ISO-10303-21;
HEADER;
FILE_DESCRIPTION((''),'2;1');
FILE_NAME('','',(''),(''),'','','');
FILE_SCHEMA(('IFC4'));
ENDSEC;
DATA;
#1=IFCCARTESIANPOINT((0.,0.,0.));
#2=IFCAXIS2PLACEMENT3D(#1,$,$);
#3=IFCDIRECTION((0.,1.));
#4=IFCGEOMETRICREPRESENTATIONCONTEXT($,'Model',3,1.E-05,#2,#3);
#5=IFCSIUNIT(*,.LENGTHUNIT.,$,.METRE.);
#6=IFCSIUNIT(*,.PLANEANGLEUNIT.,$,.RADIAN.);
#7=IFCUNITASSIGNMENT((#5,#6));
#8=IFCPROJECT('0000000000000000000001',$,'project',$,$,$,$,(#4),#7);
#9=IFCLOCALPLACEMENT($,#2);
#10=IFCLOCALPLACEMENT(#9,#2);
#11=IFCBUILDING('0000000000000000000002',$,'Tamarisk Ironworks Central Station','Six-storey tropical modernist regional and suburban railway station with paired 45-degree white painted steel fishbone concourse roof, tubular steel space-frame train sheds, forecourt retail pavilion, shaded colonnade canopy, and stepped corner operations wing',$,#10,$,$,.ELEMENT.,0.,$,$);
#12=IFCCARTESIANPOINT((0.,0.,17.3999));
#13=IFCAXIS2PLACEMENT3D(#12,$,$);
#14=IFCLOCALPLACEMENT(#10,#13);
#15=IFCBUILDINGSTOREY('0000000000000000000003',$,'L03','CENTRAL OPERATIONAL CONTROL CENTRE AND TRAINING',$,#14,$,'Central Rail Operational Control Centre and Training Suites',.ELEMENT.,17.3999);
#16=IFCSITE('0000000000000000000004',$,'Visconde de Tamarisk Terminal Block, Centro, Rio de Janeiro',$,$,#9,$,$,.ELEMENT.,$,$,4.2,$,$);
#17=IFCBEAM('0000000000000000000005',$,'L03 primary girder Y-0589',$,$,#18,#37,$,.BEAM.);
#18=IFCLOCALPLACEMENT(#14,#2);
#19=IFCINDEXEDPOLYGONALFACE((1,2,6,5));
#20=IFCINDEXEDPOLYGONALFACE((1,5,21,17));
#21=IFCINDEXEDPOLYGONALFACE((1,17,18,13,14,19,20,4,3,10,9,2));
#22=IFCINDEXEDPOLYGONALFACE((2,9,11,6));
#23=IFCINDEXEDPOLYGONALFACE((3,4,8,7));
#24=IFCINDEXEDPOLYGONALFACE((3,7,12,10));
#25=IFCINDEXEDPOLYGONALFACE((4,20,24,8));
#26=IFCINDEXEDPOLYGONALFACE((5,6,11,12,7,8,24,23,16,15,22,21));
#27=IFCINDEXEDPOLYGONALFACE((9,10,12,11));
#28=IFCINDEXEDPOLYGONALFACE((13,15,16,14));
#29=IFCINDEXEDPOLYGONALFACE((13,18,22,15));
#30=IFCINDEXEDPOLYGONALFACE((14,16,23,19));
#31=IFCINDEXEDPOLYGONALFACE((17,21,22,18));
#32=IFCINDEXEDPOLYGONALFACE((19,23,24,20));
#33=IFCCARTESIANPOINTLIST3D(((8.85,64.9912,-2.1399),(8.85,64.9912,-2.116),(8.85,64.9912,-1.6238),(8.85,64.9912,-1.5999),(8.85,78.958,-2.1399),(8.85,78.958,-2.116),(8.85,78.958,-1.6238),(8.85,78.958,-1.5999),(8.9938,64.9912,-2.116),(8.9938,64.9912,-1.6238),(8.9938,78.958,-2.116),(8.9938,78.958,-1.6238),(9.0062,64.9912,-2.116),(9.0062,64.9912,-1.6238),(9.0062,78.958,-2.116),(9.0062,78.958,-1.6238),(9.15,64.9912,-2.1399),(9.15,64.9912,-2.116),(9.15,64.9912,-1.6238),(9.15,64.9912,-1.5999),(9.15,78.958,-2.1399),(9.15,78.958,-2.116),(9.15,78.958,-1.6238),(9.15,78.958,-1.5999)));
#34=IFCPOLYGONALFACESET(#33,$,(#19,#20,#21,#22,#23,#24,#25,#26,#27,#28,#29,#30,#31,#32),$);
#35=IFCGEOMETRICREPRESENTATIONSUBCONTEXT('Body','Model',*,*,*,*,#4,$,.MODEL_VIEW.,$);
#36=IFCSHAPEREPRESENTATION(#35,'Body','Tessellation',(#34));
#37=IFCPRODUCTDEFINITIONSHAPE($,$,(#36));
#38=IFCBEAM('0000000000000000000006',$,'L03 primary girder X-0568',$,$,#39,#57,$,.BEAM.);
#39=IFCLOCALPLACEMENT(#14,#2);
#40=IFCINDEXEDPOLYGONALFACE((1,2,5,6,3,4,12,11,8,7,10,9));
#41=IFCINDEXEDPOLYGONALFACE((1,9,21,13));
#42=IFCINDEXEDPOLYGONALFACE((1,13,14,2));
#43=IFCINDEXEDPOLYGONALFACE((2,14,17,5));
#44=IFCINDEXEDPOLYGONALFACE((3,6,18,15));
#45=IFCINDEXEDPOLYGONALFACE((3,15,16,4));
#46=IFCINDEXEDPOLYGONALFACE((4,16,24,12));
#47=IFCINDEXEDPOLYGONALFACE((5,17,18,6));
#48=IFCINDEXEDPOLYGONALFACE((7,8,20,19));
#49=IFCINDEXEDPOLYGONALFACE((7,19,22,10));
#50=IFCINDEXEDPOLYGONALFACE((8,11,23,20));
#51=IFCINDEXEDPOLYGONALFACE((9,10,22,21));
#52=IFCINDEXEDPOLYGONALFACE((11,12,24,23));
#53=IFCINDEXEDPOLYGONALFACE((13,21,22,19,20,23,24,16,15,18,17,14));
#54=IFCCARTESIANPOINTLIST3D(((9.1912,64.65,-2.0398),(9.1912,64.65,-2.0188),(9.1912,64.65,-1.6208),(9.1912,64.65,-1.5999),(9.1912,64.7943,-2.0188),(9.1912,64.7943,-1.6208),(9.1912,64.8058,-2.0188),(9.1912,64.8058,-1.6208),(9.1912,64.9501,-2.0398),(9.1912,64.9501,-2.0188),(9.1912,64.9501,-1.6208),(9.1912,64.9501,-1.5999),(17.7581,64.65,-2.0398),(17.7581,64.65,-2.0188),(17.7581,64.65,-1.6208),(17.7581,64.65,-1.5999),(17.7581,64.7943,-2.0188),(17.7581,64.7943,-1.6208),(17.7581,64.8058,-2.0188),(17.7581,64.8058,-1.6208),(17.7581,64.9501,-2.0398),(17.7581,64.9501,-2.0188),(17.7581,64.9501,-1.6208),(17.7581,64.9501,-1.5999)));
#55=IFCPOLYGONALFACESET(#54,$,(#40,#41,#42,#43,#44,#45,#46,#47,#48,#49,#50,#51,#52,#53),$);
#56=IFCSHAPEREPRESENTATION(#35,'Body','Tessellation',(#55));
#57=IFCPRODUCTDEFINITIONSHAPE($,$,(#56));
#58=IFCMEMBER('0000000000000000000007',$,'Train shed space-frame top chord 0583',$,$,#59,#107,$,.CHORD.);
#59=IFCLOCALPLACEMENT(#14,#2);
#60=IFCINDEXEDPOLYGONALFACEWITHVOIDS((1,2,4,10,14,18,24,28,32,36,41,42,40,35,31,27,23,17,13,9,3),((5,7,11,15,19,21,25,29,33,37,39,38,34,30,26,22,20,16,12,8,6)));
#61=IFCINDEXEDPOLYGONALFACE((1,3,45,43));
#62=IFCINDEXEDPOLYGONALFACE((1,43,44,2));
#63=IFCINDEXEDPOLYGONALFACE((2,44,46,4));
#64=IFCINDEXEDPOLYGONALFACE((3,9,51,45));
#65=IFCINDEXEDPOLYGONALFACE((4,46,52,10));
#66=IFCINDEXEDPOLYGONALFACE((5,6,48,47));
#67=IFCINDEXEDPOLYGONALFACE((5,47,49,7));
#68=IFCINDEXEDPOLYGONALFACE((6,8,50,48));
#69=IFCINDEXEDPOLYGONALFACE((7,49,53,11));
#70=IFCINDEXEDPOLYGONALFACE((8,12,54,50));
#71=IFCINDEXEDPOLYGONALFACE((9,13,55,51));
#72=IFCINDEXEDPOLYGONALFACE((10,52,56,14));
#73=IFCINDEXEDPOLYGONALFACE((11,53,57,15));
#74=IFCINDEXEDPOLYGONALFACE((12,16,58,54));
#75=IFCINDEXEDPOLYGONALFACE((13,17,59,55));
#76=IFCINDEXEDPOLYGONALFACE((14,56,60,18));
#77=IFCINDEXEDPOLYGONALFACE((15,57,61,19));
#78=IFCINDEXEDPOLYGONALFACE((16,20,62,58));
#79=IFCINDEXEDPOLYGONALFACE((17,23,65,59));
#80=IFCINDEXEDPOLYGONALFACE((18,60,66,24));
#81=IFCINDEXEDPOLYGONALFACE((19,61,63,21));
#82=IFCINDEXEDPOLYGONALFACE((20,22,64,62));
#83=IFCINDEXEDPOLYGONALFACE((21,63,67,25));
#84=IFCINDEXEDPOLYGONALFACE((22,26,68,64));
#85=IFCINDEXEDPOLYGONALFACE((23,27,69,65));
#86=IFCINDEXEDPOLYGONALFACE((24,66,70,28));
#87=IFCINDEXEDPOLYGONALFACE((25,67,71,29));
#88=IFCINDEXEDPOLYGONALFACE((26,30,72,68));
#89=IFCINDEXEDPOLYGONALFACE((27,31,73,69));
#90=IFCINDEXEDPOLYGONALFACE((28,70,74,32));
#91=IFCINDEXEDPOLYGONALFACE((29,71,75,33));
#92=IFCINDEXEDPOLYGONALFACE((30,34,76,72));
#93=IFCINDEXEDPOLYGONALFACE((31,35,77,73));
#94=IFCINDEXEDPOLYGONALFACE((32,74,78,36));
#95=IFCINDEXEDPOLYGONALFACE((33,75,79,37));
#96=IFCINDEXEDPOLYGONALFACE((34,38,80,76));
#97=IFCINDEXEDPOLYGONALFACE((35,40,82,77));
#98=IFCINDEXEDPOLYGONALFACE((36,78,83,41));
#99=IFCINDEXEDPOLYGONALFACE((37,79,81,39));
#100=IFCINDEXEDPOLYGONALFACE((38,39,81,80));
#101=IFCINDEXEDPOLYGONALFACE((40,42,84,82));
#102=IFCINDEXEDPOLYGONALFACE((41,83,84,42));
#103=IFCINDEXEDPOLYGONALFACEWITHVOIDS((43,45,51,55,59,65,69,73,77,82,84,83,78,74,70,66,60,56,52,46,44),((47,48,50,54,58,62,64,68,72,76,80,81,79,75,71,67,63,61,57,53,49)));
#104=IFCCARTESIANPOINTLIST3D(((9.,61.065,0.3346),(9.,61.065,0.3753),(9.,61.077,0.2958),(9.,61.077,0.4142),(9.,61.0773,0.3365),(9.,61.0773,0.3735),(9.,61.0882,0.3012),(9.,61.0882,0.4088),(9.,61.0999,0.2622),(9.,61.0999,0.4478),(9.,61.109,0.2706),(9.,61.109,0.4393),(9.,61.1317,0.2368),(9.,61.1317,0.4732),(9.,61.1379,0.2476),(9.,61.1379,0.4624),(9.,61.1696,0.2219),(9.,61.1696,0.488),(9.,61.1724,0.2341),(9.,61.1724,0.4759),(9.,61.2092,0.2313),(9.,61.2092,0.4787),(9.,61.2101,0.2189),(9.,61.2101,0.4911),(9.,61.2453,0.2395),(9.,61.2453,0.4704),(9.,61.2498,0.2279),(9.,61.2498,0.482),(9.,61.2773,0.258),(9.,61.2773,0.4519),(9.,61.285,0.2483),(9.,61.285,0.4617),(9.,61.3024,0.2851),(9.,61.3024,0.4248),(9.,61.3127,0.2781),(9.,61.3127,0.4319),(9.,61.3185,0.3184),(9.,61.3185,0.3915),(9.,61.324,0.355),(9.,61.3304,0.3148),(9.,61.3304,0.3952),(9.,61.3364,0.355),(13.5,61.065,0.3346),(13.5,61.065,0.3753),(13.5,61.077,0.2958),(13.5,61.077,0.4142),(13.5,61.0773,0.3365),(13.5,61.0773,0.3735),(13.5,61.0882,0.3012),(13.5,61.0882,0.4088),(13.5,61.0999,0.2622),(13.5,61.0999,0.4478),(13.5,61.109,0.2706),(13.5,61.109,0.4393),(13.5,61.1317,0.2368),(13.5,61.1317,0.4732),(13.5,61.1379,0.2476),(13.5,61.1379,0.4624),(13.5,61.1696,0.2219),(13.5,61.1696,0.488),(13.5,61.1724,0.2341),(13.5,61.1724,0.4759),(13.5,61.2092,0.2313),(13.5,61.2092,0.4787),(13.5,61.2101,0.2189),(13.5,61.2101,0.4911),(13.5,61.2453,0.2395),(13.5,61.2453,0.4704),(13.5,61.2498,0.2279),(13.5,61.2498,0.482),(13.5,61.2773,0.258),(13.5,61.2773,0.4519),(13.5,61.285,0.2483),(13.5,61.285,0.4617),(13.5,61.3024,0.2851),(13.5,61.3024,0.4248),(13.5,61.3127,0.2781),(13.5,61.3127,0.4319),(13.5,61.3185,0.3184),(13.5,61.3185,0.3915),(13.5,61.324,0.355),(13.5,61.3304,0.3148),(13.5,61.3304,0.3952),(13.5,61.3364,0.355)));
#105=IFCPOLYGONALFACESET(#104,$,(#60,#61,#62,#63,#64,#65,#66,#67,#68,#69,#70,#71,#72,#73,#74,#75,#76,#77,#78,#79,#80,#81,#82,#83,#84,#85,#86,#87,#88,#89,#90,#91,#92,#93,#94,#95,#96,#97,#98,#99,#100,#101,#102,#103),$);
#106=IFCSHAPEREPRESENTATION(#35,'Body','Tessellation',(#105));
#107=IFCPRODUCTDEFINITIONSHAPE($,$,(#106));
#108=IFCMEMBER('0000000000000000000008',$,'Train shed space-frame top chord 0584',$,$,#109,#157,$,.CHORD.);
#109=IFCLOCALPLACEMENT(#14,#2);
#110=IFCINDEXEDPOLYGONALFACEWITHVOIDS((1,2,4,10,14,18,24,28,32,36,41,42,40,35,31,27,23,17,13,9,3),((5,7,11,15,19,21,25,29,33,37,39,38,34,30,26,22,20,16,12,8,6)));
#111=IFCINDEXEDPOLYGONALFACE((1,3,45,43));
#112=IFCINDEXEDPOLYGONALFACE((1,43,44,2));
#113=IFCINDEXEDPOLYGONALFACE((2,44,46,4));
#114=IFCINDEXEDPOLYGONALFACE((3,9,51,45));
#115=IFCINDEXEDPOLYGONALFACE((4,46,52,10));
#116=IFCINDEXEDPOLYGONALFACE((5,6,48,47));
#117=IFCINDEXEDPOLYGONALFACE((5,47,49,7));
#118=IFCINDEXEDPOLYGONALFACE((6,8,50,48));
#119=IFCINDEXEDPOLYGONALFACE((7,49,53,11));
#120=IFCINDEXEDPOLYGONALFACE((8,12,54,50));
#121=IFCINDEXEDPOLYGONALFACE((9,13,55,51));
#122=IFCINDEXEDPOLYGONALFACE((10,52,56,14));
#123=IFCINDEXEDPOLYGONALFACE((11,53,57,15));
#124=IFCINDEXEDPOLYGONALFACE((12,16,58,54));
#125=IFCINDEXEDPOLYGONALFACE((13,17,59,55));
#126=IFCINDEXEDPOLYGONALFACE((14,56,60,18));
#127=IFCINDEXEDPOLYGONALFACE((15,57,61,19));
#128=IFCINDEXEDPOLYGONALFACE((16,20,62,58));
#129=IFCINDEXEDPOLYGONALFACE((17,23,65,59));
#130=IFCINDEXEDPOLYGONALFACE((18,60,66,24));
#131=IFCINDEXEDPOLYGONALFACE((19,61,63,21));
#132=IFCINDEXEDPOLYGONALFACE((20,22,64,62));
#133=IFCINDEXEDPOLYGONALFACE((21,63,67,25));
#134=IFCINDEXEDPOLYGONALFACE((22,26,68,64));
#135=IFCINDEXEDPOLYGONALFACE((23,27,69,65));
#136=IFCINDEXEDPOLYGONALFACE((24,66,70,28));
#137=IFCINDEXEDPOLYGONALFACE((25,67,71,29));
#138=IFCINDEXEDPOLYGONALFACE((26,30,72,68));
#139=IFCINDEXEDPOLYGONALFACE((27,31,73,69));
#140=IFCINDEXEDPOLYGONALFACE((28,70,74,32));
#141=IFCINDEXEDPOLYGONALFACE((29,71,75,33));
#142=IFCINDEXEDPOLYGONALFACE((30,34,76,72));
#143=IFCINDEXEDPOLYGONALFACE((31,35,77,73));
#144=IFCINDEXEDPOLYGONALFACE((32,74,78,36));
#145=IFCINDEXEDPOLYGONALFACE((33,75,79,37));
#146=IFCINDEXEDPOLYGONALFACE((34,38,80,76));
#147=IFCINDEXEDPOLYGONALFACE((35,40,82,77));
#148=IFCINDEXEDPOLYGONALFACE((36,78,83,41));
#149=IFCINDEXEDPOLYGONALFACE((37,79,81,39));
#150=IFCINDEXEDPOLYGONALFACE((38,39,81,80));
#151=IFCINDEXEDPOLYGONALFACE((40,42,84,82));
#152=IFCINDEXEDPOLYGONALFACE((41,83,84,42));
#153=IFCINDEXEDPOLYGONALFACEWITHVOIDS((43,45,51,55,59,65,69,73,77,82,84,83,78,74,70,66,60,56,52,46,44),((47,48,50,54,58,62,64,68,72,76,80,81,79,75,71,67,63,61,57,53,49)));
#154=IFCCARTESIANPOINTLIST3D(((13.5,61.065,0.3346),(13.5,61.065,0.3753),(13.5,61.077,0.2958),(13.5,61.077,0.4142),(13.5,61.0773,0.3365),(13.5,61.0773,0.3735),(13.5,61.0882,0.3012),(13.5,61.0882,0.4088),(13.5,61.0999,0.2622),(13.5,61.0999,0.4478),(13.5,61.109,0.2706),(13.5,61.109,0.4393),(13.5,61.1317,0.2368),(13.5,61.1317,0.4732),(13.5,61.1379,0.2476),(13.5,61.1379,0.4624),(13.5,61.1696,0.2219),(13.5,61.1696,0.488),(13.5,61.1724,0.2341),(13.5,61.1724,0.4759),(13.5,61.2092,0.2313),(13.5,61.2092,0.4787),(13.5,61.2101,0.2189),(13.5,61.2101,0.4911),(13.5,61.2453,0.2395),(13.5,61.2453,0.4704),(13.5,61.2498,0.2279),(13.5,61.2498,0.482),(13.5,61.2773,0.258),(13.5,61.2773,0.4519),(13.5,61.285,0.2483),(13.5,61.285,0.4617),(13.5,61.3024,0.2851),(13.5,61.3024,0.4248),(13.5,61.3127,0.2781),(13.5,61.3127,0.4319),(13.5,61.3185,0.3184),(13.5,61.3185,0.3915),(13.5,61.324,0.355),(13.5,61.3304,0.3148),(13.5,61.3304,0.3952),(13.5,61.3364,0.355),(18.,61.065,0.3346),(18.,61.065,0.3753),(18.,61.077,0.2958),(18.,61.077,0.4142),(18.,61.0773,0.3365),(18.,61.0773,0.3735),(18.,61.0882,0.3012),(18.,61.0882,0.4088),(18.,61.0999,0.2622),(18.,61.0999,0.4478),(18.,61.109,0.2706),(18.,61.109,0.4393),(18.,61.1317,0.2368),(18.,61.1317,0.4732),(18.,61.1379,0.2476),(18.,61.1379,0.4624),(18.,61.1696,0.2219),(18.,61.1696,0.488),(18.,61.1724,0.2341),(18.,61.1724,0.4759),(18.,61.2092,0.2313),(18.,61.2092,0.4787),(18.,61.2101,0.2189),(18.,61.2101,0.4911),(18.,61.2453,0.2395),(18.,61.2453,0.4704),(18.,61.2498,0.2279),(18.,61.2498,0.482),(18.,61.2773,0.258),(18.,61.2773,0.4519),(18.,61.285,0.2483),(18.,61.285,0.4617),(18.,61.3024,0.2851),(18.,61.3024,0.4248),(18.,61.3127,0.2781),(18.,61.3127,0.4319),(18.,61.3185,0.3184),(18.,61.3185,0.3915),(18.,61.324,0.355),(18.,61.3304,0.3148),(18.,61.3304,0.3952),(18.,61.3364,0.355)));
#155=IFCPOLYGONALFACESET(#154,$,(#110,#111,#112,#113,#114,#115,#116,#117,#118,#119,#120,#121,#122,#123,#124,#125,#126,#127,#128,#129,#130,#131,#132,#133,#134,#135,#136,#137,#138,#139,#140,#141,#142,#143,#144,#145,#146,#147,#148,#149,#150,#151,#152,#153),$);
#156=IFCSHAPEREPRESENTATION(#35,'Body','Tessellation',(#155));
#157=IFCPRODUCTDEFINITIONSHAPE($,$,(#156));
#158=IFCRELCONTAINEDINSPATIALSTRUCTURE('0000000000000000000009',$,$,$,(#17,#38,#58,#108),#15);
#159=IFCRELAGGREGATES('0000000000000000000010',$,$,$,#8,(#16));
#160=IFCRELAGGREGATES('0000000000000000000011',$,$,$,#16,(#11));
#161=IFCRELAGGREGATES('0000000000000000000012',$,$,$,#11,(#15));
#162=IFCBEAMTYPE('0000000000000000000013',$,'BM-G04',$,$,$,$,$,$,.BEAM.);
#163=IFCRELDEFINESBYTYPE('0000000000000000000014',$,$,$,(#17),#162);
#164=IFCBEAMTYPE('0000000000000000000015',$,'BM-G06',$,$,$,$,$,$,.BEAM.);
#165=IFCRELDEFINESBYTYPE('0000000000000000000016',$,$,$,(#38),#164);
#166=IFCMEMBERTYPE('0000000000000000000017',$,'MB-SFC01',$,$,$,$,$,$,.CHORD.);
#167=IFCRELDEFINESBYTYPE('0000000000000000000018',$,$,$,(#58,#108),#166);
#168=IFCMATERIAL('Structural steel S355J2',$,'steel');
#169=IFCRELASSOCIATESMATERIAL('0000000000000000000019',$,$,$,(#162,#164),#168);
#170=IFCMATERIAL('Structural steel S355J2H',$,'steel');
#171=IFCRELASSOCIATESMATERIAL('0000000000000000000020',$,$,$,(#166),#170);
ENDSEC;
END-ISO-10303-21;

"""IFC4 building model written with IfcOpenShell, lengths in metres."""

from ifc_helpers import new_model, si_unit, direction, frame, origin, origin_2d, place, context, subcontext, project, spatial, hollow_circle, i_section, extrude, material, material_profile, profile_set, type_object, element, save


model = new_model("IFC4")

# Units and contexts
model_context = context("Model", 3, precision=1e-05, world=origin(), true_north=direction((0.0, 1.0)))
body_context = subcontext(model_context, "Body", "Model", "MODEL_VIEW")
ifc_project = project(units=[si_unit("LENGTHUNIT", "METRE"), si_unit("PLANEANGLEUNIT", "RADIAN")], contexts=[model_context])

# Site, building, storey
site_placement = place(None, origin())
site = spatial("IfcSite", under=ifc_project, at=site_placement, Name="Visconde de Tamarisk Terminal Block, Centro, Rio de Janeiro", CompositionType="ELEMENT", RefElevation=4.2)
building_placement = place(site_placement, origin())
building = spatial("IfcBuilding", under=site, at=building_placement, Name="Tamarisk Ironworks Central Station", Description="Six-storey tropical modernist regional and suburban railway station with paired 45-degree white painted steel fishbone concourse roof, tubular steel space-frame train sheds, forecourt retail pavilion, shaded colonnade canopy, and stepped corner operations wing", CompositionType="ELEMENT", ElevationOfRefHeight=0.0)
storey_placement = place(building_placement, frame((0.0, 0.0, 17.3999)))
storey = spatial("IfcBuildingStorey", under=building, at=storey_placement, Name="L03", Description="CENTRAL OPERATIONAL CONTROL CENTRE AND TRAINING", LongName="Central Rail Operational Control Centre and Training Suites", CompositionType="ELEMENT", Elevation=17.3999)

# Beams
ifc_material_1 = material(Name="Structural steel S355J2", Category="steel")
ifc_material_profile_1 = material_profile(ifc_material_1, i_section(OverallWidth=0.3, OverallDepth=0.54, WebThickness=0.0125, FlangeThickness=0.0239, at=origin_2d()), Name="HEA 550")
ifc_profile_set_1 = profile_set([ifc_material_profile_1], Name="Structural steel S355J2")
beam_type_1 = type_object("IfcBeamType", Name="BM-G04", PredefinedType="BEAM", material=ifc_profile_set_1)
beam_1_placement = place(storey_placement, frame((9.0, 64.9912, -1.8699), z_axis=(0.0, 1.0, 0.0), x_axis=(-1.0, 0.0, 0.0)))
element("IfcBeam", 1, at=beam_1_placement, inside=storey, type_object=beam_type_1, Name="L03 primary girder Y-0589", PredefinedType="BEAM", context=body_context, shape_type="SweptSolid", body=[
    extrude(i_section(OverallWidth=0.3, OverallDepth=0.54, WebThickness=0.0125, FlangeThickness=0.0239, at=origin_2d()), origin(), (0.0, 0.0, 1.0), 13.9668),
])
ifc_material_profile_2 = material_profile(ifc_material_1, i_section(OverallWidth=0.3, OverallDepth=0.4399, WebThickness=0.0115, FlangeThickness=0.021, at=origin_2d()), Name="HEA 450")
ifc_profile_set_2 = profile_set([ifc_material_profile_2], Name="Structural steel S355J2")
beam_type_2 = type_object("IfcBeamType", Name="BM-G06", PredefinedType="BEAM", material=ifc_profile_set_2)
beam_2_placement = place(storey_placement, frame((9.1912, 64.8, -1.8198), z_axis=(1.0, 0.0, 0.0), x_axis=(0.0, 1.0, 0.0)))
element("IfcBeam", 2, at=beam_2_placement, inside=storey, type_object=beam_type_2, Name="L03 primary girder X-0568", PredefinedType="BEAM", context=body_context, shape_type="SweptSolid", body=[
    extrude(i_section(OverallWidth=0.3, OverallDepth=0.4399, WebThickness=0.0115, FlangeThickness=0.021, at=origin_2d()), origin(), (0.0, 0.0, 1.0), 8.5669),
])

# Members
ifc_material_2 = material(Name="Structural steel S355J2H", Category="steel")
ifc_material_profile_3 = material_profile(ifc_material_2, hollow_circle(Radius=0.1365, WallThickness=0.0125, at=origin_2d()), Name="CHS 273x12.5")
ifc_profile_set_3 = profile_set([ifc_material_profile_3], Name="Structural steel S355J2H")
member_type_1 = type_object("IfcMemberType", Name="MB-SFC01", PredefinedType="CHORD", material=ifc_profile_set_3)
for number, where, z_axis, x_axis, name in (
    (3, (9.0, 61.2, 0.355), (1.0, 0.0, 0.0), (0.0, 1.0, 0.0), "Train shed space-frame top chord 0583"),
    (4, (13.5, 61.2, 0.355), (1.0, 0.0, 0.0), (0.0, 1.0, 0.0), "Train shed space-frame top chord 0584"),
):
    element("IfcMember", number, at=place(storey_placement, frame(where, z_axis=z_axis, x_axis=x_axis)), inside=storey, type_object=member_type_1, Name=name, PredefinedType="CHORD", context=body_context, shape_type="SweptSolid", body=[
        extrude(hollow_circle(Radius=0.1365, WallThickness=0.0125, at=origin_2d()), origin(), (0.0, 0.0, 1.0), 4.5),
    ])

save(model, "model.ifc")
